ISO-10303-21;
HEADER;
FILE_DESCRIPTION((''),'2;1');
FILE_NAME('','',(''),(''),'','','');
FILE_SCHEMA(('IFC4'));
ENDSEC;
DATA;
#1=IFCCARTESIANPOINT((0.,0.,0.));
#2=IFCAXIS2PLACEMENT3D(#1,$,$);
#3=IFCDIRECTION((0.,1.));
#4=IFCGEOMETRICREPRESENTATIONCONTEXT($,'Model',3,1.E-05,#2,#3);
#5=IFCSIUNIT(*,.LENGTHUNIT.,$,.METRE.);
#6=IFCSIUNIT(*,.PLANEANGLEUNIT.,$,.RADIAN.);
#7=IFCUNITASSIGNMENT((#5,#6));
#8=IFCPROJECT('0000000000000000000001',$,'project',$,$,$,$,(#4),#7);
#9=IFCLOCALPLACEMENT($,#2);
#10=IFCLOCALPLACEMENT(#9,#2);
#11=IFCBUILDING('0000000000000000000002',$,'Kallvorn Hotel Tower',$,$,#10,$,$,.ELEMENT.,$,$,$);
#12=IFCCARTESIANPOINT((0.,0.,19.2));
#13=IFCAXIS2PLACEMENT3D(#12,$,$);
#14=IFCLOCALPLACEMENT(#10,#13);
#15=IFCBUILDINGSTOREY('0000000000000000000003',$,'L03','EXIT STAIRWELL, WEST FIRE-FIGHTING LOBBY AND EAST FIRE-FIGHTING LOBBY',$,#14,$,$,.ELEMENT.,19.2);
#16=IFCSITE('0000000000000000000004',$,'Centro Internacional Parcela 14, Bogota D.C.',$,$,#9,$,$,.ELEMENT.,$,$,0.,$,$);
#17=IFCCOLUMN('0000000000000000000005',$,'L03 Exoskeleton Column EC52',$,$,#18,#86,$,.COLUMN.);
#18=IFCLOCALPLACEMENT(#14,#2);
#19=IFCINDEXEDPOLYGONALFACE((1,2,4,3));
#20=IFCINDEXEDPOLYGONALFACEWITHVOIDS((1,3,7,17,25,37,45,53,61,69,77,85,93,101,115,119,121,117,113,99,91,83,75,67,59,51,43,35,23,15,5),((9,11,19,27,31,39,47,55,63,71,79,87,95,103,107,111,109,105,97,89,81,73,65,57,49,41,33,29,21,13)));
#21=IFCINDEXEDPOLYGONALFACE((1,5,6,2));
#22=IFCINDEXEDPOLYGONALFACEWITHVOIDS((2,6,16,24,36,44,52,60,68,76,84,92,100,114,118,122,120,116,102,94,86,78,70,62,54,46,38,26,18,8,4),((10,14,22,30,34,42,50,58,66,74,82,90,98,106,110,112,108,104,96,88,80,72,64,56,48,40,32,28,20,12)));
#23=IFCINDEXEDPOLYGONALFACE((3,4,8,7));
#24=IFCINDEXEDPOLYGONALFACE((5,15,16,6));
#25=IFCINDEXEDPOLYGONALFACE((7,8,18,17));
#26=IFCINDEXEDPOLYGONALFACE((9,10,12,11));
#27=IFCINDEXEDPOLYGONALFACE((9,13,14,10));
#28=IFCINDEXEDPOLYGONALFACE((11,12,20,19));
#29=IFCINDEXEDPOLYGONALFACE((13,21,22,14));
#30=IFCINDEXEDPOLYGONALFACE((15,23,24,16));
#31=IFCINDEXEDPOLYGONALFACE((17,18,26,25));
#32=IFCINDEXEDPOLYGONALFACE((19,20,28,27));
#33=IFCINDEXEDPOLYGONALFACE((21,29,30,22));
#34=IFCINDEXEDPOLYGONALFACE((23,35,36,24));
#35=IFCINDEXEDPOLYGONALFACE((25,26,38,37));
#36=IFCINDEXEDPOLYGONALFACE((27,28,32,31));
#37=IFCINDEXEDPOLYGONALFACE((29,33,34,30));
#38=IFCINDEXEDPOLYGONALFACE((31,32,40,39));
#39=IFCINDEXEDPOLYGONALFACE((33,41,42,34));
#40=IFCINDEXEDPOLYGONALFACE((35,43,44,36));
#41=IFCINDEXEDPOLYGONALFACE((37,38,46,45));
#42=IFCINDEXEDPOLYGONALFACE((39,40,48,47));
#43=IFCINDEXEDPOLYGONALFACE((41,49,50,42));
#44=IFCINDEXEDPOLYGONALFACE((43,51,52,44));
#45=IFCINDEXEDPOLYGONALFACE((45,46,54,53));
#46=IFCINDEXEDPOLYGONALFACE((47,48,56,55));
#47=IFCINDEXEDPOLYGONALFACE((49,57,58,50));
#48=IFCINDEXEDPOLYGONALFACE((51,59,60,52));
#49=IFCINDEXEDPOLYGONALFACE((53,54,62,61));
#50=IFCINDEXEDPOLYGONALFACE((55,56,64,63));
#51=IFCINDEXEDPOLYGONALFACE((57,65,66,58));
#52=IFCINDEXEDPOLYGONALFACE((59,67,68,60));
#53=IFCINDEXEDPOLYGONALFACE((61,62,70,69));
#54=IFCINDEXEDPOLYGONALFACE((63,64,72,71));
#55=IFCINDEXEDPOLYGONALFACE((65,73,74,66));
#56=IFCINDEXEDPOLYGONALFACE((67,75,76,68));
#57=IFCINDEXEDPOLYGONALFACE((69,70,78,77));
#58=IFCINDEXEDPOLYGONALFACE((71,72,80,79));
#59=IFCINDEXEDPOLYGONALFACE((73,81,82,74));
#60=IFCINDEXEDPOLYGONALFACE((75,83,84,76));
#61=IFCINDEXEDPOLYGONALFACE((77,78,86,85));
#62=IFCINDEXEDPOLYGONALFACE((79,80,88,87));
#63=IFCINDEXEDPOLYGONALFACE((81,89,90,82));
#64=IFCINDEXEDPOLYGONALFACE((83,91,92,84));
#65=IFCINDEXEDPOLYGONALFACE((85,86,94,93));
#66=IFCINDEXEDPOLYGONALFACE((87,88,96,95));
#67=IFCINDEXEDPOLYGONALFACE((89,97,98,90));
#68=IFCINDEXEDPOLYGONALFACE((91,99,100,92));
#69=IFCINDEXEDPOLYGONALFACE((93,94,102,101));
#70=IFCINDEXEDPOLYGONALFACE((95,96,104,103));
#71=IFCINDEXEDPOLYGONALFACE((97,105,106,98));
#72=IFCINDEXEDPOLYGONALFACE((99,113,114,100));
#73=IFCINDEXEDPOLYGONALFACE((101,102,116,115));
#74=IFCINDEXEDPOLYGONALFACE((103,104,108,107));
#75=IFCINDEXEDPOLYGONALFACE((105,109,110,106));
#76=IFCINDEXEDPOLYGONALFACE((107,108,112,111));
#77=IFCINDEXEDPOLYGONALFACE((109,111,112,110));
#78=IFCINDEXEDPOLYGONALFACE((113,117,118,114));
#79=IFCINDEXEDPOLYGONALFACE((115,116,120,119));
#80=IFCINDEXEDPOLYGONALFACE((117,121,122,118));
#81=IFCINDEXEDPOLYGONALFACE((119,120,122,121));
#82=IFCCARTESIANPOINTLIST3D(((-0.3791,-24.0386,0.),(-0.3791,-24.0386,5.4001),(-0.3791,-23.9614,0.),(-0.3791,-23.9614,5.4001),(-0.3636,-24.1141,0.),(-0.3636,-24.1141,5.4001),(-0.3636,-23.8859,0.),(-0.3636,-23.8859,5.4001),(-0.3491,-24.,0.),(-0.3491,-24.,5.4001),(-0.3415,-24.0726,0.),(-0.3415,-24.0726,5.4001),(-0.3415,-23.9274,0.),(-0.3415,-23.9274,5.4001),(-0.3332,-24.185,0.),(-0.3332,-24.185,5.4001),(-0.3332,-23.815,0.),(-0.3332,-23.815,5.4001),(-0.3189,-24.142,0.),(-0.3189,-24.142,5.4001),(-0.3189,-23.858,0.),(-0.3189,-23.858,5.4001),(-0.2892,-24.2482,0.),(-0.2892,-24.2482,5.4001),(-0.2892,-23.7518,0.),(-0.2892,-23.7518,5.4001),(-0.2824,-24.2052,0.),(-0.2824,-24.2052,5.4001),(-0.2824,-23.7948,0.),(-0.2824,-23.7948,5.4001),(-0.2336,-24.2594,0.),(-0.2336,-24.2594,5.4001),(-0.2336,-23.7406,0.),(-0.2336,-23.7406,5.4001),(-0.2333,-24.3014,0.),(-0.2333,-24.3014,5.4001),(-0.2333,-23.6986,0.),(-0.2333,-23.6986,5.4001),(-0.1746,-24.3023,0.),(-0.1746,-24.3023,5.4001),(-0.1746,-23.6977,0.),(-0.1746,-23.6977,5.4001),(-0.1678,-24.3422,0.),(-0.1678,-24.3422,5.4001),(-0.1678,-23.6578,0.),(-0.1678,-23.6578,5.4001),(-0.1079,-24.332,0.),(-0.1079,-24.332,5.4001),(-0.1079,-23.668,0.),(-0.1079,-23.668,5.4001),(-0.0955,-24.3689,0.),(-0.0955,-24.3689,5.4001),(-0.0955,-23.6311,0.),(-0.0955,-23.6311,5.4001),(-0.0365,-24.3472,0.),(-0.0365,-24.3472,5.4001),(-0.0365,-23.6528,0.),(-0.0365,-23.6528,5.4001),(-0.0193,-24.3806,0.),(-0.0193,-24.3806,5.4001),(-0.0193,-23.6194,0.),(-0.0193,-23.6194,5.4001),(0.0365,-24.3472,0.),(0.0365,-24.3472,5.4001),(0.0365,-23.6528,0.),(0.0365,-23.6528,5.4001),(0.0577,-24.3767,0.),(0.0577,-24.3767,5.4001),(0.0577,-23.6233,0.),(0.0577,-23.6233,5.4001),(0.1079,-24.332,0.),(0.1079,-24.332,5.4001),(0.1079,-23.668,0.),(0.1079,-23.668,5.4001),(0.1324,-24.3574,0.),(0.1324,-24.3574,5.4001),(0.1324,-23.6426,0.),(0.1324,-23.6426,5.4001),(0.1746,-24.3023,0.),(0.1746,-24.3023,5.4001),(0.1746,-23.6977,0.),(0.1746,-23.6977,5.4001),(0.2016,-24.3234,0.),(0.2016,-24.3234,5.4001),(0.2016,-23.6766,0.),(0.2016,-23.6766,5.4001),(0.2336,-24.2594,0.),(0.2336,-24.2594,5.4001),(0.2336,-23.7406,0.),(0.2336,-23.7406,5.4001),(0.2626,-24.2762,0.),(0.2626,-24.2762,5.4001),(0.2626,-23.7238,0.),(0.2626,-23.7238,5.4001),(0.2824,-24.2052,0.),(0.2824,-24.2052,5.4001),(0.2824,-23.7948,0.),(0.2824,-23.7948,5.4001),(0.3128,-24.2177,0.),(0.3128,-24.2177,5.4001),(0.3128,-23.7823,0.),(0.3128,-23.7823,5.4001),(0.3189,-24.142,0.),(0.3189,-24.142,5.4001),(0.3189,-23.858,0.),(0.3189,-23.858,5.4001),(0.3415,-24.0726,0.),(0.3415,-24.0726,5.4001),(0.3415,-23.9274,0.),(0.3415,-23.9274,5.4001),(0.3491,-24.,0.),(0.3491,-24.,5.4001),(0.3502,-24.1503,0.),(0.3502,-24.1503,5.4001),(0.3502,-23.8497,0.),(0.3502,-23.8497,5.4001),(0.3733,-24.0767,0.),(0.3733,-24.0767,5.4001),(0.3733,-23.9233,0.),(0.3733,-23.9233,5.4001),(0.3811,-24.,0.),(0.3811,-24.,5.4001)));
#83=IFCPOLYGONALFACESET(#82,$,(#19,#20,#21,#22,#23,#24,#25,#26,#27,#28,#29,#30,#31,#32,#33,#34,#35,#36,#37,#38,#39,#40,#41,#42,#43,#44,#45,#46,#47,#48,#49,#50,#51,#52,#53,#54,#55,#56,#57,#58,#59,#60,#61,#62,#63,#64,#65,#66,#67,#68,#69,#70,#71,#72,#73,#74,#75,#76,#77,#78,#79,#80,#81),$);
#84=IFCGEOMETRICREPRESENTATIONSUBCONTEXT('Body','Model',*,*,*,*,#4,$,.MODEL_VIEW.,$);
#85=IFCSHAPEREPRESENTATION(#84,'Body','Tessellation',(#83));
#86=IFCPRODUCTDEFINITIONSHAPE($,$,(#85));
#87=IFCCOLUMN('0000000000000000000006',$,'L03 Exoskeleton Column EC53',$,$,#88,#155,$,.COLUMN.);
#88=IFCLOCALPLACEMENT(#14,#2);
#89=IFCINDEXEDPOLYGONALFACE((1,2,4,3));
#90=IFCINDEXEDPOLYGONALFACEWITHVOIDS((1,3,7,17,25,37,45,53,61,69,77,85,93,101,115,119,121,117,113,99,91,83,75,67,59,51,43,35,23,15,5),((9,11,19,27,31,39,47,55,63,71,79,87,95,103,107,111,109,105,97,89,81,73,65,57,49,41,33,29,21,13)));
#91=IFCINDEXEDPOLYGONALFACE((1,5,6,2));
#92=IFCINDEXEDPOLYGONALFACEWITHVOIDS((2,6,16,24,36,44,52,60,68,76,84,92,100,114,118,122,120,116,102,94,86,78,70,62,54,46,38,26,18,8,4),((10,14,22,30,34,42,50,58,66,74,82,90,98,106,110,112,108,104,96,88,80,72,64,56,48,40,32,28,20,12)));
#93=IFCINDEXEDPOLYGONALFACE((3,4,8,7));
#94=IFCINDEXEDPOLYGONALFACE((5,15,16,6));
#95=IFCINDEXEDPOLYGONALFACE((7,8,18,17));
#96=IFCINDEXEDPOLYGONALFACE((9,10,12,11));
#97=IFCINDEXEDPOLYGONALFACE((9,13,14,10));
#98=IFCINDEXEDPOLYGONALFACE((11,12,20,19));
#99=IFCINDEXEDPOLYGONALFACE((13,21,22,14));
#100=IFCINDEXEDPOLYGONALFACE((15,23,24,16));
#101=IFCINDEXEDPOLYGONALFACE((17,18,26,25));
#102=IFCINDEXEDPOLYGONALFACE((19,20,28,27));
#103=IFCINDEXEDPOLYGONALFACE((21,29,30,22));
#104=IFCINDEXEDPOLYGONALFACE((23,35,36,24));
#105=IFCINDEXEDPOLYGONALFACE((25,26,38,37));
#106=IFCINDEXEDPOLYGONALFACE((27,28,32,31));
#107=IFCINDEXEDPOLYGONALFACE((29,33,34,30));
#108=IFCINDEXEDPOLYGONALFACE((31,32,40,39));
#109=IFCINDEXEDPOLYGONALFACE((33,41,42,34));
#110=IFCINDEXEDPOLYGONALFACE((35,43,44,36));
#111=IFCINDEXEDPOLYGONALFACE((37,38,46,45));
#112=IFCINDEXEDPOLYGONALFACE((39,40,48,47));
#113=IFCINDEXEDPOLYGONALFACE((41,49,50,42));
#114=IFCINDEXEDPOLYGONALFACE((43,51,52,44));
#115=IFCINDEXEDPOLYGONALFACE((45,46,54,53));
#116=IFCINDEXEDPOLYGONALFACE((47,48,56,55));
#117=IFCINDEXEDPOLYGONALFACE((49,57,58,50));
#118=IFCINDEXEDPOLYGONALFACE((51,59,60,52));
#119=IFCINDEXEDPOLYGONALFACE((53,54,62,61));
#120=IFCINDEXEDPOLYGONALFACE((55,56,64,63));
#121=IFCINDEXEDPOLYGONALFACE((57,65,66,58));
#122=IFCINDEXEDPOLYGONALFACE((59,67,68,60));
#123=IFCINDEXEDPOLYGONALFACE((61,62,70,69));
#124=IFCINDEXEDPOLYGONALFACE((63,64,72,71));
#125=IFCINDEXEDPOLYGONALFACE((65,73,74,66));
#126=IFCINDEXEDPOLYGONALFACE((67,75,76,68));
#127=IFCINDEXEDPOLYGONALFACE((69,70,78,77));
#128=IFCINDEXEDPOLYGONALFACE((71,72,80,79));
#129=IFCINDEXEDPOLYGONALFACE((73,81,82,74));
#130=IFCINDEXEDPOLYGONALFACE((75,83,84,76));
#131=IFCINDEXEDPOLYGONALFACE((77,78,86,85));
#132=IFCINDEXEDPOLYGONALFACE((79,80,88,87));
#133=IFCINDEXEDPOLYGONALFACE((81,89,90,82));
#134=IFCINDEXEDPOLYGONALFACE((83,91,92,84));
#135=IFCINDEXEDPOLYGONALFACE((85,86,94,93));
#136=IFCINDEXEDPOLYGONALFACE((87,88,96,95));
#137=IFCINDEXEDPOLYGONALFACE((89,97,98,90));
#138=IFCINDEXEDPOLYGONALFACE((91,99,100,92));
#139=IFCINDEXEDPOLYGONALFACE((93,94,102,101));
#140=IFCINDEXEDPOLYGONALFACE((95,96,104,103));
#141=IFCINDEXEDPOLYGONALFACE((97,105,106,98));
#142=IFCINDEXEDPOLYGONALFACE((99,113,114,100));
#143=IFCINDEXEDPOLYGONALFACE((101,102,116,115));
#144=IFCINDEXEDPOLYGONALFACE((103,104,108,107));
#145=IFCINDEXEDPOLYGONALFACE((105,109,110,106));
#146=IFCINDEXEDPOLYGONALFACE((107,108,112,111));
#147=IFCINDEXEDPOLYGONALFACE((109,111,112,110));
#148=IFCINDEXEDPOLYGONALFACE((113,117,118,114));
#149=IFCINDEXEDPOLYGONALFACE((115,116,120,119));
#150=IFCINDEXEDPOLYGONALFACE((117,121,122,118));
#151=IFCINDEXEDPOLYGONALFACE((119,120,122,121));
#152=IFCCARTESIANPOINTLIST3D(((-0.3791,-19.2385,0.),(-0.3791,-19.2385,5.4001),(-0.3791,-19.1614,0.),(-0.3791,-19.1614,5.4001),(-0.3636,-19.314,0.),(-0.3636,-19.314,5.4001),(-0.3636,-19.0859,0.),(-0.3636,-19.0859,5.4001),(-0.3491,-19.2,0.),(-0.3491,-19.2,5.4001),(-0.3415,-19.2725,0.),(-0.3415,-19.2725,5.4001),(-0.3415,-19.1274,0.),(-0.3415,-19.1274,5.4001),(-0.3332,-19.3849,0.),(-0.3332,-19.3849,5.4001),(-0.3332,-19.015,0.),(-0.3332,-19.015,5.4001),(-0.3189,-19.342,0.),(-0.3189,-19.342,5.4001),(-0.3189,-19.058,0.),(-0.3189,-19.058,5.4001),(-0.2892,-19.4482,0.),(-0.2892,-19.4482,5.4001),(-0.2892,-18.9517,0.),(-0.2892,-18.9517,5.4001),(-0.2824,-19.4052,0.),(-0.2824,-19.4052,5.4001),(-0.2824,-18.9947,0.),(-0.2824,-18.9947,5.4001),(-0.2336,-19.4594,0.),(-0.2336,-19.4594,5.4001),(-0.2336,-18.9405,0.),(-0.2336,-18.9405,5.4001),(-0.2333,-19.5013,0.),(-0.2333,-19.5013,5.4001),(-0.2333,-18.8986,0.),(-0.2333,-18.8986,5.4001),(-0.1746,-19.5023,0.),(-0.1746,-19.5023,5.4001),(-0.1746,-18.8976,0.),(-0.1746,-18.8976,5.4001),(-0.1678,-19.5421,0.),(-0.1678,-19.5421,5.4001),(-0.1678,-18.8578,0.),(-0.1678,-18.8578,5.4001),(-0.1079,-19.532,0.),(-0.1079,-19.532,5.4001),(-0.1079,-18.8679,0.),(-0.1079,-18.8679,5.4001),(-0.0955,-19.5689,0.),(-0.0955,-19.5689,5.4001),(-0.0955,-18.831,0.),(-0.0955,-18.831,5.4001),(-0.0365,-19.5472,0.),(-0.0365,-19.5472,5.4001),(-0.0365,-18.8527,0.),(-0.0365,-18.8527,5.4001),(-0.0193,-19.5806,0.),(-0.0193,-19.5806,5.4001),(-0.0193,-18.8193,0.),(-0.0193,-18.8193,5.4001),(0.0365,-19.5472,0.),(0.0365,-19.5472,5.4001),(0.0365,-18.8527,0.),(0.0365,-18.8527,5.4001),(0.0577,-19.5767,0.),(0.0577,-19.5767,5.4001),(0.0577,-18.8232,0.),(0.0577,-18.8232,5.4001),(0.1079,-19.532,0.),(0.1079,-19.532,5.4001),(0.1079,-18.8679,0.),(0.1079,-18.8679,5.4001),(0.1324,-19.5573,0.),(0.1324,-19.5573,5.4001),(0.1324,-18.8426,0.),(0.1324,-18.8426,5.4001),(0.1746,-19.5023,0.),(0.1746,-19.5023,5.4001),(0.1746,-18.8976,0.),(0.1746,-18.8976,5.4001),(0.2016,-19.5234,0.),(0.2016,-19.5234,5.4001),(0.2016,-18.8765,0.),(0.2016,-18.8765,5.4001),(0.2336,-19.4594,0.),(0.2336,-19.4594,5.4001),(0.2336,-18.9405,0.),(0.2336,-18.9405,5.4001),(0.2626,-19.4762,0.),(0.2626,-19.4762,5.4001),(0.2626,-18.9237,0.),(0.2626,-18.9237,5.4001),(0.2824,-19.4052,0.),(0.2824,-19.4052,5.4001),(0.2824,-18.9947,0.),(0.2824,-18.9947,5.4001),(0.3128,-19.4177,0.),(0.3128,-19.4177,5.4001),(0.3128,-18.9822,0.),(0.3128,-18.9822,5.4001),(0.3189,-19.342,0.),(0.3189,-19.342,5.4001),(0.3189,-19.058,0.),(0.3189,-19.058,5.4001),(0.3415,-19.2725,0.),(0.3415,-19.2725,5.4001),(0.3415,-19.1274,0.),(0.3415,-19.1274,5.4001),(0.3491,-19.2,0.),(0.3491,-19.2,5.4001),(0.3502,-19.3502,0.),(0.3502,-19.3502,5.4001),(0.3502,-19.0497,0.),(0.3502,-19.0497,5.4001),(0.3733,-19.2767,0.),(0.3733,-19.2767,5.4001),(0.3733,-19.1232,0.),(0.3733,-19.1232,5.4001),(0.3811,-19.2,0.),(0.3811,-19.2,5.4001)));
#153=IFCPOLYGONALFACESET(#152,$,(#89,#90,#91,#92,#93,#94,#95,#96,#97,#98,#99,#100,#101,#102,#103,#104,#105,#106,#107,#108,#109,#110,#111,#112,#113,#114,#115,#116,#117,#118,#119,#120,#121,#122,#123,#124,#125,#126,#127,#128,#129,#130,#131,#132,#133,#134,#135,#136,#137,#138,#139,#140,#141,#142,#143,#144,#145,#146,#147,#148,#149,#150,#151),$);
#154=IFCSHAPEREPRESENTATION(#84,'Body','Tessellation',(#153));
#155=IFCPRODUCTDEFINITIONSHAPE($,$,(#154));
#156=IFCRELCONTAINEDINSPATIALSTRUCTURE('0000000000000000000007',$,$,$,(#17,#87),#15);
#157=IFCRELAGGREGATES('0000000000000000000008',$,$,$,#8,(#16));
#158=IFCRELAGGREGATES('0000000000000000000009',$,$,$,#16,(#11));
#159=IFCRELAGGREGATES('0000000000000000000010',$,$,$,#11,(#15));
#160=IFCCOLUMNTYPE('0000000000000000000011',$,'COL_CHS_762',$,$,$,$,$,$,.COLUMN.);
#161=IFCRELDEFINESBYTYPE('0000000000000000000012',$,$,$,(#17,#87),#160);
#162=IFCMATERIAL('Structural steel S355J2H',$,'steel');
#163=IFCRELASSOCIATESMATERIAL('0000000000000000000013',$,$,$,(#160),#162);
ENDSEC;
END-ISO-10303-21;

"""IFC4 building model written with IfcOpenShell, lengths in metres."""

from ifc_helpers import new_model, si_unit, direction, frame, origin, origin_2d, place, context, subcontext, project, spatial, hollow_circle, extrude, material, material_profile, profile_set, type_object, element, save


model = new_model("IFC4")

# Units and contexts
model_context = context("Model", 3, precision=1e-05, world=origin(), true_north=direction((0.0, 1.0)))
body_context = subcontext(model_context, "Body", "Model", "MODEL_VIEW")
ifc_project = project(units=[si_unit("LENGTHUNIT", "METRE"), si_unit("PLANEANGLEUNIT", "RADIAN")], contexts=[model_context])

# Site, building, storey
site_placement = place(None, origin())
site = spatial("IfcSite", under=ifc_project, at=site_placement, Name="Centro Internacional Parcela 14, Bogota D.C.", CompositionType="ELEMENT", RefElevation=0.0)
building_placement = place(site_placement, origin())
building = spatial("IfcBuilding", under=site, at=building_placement, Name="Kallvorn Hotel Tower", CompositionType="ELEMENT")
storey_placement = place(building_placement, frame((0.0, 0.0, 19.2)))
storey = spatial("IfcBuildingStorey", under=building, at=storey_placement, Name="L03", Description="EXIT STAIRWELL, WEST FIRE-FIGHTING LOBBY AND EAST FIRE-FIGHTING LOBBY", CompositionType="ELEMENT", Elevation=19.2)

# Columns
ifc_material_1 = material(Name="Structural steel S355J2H", Category="steel")
ifc_material_profile_1 = material_profile(ifc_material_1, hollow_circle(Radius=0.3811, WallThickness=0.032, at=origin_2d()), Name="CHS 762x32")
ifc_profile_set_1 = profile_set([ifc_material_profile_1], Name="Structural steel S355J2H")
column_type_1 = type_object("IfcColumnType", Name="COL_CHS_762", PredefinedType="COLUMN", material=ifc_profile_set_1)
for number, where, z_axis, x_axis, name in (
    (1, (0.0, -24.0, 0.0), (0.0, 0.0, 1.0), (1.0, 0.0, 0.0), "L03 Exoskeleton Column EC52"),
    (2, (0.0, -19.2, 0.0), (0.0, 0.0, 1.0), (1.0, 0.0, 0.0), "L03 Exoskeleton Column EC53"),
):
    element("IfcColumn", number, at=place(storey_placement, frame(where, z_axis=z_axis, x_axis=x_axis)), inside=storey, type_object=column_type_1, Name=name, PredefinedType="COLUMN", context=body_context, shape_type="SweptSolid", body=[
        extrude(hollow_circle(Radius=0.3811, WallThickness=0.032, at=origin_2d()), origin(), (0.0, 0.0, 1.0), 5.4001),
    ])

save(model, "model.ifc")
